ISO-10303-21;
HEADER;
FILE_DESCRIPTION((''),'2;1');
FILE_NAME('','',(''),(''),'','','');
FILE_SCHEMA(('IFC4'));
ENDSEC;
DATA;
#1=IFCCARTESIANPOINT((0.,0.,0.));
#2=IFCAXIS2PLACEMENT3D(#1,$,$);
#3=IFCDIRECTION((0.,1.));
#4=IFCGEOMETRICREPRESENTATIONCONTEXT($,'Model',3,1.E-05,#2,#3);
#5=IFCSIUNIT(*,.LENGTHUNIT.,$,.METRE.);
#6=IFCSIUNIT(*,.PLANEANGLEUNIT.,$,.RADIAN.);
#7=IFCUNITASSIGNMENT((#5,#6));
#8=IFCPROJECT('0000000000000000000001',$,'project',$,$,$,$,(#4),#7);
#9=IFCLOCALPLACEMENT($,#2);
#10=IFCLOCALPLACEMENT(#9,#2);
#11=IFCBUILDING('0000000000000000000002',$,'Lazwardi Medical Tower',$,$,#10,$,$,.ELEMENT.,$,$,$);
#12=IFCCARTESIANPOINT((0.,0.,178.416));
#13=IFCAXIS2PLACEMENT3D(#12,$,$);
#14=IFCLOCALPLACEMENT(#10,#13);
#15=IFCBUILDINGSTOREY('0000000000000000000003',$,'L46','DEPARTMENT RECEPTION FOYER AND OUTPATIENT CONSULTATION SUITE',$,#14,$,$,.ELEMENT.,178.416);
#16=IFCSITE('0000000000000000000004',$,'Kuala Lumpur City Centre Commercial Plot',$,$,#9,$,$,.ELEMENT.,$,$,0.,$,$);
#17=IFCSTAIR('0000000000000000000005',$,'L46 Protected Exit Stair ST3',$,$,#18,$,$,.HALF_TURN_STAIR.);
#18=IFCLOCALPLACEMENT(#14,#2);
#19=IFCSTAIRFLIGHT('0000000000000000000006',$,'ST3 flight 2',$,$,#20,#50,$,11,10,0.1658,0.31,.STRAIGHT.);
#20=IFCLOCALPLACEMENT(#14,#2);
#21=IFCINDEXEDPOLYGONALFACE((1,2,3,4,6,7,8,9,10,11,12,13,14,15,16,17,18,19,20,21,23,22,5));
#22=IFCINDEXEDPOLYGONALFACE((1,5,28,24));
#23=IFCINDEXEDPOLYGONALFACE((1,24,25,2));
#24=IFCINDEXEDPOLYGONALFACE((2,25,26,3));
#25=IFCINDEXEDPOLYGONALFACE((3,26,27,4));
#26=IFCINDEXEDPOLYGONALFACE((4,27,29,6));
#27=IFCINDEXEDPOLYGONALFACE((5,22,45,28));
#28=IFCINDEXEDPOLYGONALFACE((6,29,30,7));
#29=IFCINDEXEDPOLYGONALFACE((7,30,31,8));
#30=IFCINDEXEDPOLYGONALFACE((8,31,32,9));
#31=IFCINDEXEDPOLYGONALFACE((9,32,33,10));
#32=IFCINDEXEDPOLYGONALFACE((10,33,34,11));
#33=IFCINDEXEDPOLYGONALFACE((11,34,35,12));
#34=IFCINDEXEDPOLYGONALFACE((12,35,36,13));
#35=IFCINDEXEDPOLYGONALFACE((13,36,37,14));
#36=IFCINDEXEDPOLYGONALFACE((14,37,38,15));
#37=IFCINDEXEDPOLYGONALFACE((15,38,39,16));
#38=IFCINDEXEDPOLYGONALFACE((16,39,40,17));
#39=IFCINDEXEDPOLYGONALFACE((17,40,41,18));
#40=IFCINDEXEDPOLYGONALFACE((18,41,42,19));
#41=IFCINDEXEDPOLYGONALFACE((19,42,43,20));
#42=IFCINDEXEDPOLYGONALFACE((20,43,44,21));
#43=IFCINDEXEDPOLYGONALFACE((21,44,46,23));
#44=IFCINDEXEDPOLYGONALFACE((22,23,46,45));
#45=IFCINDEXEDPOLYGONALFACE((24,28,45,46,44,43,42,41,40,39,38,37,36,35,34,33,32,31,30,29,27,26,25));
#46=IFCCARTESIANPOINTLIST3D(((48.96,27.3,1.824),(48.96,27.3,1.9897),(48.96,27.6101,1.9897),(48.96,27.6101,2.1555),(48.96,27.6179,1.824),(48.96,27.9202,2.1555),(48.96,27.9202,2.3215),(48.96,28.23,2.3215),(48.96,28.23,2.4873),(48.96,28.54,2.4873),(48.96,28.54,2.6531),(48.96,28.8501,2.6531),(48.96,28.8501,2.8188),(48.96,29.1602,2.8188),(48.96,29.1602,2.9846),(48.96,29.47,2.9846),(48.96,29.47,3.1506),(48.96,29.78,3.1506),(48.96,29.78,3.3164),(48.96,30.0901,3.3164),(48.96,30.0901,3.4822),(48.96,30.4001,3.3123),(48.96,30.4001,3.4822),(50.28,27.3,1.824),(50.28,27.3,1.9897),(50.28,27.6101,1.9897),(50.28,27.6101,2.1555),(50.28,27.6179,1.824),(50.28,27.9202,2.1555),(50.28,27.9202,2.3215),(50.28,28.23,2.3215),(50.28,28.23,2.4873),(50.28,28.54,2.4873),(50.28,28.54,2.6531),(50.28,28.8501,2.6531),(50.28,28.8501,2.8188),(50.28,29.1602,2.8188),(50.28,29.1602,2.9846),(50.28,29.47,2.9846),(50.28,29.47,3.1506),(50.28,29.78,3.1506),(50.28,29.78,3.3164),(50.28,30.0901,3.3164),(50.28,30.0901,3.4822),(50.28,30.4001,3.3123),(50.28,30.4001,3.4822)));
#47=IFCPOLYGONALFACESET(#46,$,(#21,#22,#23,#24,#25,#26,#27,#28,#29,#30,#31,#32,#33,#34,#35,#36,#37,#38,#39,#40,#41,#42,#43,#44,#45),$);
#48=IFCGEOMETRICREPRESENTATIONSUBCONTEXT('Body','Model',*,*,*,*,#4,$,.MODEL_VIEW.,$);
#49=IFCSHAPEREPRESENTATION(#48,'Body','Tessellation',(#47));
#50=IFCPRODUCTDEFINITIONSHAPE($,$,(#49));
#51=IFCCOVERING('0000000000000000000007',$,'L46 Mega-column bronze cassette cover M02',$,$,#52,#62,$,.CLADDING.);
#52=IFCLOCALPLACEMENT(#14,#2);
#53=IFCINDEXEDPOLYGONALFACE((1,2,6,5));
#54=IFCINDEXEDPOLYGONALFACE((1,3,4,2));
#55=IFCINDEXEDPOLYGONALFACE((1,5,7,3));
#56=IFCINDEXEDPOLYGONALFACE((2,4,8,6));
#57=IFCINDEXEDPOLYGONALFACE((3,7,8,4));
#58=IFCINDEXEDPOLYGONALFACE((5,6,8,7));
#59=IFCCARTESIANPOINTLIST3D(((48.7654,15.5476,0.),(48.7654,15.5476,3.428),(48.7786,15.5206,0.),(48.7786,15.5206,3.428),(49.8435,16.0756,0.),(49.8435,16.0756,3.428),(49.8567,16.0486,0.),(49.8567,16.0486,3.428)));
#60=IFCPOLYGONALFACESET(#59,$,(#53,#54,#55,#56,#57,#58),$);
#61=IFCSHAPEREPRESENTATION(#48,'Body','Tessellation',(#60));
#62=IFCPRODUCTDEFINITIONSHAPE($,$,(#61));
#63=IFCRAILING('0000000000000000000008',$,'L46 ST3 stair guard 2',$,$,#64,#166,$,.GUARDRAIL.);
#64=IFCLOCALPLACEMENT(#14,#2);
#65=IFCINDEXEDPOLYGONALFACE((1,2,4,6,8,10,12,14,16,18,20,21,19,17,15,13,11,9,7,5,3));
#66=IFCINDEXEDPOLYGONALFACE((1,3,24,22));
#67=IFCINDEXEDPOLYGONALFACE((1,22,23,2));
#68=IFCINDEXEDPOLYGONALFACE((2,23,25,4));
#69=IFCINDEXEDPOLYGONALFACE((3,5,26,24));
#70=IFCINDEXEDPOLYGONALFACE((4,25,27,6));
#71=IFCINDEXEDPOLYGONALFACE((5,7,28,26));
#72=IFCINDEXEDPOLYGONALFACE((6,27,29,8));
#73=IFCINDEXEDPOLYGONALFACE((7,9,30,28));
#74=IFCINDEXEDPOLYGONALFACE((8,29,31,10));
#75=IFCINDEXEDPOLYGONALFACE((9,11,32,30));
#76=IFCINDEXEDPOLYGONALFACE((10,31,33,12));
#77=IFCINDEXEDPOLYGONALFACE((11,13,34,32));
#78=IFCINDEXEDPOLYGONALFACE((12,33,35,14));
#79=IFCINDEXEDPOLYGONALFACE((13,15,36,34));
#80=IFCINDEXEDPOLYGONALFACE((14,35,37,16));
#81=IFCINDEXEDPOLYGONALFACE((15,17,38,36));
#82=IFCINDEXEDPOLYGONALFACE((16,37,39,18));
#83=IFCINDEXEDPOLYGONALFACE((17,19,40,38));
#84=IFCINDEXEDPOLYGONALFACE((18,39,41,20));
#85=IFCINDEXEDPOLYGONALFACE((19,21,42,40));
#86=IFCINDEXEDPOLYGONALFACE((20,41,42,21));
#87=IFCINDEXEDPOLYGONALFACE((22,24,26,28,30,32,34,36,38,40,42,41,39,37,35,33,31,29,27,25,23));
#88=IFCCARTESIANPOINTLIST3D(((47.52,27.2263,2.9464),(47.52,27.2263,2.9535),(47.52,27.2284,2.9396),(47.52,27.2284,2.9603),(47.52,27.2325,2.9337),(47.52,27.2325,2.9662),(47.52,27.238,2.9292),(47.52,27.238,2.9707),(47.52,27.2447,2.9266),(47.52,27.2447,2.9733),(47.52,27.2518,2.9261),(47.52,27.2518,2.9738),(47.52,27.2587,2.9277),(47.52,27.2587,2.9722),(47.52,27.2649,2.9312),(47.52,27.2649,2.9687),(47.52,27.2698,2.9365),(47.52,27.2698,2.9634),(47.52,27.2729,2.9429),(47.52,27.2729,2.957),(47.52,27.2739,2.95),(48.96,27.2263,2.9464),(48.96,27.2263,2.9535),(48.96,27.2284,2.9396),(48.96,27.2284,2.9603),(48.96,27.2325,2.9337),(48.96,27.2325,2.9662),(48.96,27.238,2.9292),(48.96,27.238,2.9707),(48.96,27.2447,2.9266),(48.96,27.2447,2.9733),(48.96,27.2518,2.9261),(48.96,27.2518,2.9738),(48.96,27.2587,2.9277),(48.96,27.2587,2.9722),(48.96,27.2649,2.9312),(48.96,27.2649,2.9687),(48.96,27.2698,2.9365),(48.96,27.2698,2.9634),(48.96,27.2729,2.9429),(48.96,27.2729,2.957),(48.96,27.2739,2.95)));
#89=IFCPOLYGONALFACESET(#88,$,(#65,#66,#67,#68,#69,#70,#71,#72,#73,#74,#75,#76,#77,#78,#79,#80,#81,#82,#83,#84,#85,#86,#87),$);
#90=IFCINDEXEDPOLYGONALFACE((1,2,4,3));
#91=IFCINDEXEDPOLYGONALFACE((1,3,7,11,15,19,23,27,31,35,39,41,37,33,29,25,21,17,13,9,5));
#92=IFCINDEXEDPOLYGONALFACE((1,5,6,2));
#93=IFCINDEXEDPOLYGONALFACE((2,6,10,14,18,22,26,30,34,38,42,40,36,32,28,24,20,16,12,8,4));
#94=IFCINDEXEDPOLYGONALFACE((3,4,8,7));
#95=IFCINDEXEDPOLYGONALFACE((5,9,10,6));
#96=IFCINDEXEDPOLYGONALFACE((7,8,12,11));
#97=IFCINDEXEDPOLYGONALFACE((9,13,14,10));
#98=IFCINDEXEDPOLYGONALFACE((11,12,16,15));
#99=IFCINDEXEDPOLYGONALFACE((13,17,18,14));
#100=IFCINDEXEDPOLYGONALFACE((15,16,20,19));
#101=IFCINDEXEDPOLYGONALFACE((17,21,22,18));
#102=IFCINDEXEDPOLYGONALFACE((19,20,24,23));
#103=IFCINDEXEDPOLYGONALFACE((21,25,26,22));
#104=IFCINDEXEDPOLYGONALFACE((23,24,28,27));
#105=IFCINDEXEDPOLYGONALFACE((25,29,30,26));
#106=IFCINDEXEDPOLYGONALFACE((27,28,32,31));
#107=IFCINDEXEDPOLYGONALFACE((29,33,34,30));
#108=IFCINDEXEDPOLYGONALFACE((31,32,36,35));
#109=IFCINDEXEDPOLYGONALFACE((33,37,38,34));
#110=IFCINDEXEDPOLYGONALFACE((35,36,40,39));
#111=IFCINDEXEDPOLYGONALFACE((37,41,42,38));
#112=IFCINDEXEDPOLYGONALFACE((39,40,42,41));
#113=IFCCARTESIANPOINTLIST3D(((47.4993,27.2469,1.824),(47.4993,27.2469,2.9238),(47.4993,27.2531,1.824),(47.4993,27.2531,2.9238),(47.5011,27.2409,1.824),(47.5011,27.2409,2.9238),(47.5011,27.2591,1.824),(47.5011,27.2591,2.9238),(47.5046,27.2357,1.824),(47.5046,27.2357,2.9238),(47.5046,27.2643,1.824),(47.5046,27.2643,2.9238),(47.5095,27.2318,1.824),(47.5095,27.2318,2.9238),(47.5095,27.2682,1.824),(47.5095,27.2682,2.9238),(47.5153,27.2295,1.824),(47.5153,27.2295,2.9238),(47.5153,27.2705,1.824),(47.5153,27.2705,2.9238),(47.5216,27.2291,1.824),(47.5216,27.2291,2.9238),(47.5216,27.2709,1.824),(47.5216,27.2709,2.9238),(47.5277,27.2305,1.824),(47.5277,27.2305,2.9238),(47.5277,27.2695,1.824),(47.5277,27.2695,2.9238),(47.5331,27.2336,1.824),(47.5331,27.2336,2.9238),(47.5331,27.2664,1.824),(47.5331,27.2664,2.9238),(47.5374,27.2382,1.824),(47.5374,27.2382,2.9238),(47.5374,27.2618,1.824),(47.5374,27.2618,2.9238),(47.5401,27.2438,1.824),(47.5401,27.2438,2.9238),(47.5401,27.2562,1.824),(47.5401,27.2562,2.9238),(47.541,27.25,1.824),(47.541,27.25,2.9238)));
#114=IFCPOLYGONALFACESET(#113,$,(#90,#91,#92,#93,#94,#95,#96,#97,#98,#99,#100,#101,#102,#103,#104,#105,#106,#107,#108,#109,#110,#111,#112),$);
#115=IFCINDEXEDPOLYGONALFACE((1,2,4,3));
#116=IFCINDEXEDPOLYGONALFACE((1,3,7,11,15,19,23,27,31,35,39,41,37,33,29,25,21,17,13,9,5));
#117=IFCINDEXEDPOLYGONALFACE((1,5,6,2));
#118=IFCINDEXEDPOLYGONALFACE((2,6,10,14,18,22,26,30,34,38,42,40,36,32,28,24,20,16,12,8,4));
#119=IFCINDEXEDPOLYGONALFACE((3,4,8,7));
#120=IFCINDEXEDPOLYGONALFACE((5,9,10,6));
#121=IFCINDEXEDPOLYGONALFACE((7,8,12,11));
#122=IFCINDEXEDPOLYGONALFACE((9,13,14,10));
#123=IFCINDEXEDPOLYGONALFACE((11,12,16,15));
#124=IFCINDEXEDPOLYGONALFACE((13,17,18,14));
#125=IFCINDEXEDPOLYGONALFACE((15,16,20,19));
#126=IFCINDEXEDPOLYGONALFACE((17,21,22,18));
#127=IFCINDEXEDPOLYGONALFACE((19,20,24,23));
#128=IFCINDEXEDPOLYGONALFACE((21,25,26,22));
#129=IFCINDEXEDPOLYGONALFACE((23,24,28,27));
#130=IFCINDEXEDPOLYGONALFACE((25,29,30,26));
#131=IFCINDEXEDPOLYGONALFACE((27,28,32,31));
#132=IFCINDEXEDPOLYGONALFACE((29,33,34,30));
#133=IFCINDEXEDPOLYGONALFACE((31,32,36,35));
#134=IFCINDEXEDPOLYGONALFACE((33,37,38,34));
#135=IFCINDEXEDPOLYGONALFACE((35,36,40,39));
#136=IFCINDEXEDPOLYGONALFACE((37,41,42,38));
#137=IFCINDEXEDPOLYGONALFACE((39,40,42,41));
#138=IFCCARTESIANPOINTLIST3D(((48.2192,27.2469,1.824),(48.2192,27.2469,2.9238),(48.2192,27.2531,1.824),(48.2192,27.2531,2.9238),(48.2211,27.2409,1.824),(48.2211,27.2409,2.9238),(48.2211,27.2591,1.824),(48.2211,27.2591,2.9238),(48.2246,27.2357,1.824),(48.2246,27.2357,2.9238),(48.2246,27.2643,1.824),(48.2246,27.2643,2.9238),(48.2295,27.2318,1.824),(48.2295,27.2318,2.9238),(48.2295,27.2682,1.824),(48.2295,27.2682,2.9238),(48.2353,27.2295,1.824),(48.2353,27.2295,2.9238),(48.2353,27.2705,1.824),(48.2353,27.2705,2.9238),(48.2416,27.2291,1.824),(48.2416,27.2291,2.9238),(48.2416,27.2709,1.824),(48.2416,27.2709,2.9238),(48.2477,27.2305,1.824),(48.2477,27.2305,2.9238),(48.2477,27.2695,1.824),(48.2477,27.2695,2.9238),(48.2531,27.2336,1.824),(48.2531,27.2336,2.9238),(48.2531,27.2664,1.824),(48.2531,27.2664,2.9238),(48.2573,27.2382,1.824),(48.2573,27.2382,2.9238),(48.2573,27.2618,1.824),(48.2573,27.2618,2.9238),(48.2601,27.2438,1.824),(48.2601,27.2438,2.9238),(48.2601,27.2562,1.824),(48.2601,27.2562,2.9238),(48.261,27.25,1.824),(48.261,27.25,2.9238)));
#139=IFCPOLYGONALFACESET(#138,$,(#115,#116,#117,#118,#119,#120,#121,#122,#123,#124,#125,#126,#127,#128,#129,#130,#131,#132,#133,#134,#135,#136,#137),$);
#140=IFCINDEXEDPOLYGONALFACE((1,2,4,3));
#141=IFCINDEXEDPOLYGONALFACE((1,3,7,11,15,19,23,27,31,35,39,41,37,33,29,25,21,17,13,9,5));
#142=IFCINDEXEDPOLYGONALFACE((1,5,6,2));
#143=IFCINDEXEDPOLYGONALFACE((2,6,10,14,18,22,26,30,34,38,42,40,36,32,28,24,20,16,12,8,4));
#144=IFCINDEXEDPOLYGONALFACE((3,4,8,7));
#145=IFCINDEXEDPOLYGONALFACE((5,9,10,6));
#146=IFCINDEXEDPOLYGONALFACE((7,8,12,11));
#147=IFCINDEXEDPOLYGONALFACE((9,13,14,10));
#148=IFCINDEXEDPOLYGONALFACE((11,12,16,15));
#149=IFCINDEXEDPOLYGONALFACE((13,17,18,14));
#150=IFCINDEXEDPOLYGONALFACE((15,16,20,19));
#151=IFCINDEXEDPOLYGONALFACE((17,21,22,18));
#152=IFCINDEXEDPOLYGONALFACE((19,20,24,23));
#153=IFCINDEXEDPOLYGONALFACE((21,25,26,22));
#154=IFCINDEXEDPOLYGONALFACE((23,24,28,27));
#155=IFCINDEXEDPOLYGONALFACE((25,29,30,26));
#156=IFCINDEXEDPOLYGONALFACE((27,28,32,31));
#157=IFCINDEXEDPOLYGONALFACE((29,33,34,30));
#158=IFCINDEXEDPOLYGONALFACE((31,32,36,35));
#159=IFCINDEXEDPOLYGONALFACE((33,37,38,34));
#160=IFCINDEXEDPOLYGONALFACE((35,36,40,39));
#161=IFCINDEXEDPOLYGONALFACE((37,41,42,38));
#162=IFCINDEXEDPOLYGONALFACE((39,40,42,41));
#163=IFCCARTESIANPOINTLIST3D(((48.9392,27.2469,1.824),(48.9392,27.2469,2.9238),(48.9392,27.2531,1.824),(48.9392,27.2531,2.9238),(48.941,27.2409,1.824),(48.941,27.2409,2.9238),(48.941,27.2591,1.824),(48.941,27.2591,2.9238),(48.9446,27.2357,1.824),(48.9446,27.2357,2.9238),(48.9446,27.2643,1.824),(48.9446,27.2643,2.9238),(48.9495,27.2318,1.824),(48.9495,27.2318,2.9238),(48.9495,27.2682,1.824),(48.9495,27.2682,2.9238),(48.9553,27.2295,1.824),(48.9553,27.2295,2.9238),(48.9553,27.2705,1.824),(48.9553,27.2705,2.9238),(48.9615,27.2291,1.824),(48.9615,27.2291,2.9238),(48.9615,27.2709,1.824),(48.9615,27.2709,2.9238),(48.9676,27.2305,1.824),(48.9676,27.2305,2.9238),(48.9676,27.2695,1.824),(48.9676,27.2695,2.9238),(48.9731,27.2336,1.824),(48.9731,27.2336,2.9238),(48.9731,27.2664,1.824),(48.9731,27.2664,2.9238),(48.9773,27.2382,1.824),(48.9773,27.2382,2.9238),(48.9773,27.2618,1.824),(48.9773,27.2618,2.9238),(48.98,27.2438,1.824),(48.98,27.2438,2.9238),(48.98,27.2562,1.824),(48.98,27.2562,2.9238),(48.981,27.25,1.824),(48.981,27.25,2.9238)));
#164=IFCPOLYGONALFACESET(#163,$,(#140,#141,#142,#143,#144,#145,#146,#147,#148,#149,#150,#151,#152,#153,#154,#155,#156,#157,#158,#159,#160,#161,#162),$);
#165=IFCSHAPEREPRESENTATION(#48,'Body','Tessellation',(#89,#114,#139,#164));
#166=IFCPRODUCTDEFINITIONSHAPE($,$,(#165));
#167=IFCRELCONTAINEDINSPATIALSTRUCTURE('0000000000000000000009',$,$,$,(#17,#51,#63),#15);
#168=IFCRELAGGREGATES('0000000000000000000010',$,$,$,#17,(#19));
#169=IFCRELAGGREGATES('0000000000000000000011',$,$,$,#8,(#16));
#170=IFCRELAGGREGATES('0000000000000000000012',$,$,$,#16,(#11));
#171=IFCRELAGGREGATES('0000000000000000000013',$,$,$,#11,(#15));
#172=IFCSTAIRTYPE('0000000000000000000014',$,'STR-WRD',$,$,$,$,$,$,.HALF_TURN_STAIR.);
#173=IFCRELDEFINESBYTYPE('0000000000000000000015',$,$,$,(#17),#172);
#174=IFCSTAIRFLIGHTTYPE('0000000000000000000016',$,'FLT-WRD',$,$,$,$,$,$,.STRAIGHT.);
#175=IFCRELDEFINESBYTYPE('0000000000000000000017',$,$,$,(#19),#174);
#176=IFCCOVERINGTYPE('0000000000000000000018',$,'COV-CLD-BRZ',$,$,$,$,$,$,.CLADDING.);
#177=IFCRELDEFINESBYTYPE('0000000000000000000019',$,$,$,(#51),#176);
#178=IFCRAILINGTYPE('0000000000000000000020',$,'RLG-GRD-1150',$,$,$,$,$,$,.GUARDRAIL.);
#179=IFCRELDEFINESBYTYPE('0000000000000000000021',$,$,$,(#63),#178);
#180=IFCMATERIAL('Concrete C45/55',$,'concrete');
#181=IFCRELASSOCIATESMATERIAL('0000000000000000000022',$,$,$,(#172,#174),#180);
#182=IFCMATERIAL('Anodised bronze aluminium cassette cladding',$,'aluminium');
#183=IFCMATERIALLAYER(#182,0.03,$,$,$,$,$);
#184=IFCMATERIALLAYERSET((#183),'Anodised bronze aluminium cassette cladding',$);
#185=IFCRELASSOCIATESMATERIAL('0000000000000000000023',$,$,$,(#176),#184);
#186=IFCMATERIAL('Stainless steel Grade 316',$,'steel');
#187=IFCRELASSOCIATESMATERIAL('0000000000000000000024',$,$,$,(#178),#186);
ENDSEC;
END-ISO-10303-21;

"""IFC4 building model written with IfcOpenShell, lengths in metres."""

from ifc_helpers import new_model, si_unit, direction, frame, origin, origin_2d, place, context, subcontext, project, spatial, polyline, rectangle, circle, outline, extrude, material, layer, layer_set, type_object, element, aggregate, save


model = new_model("IFC4")

# Units and contexts
model_context = context("Model", 3, precision=1e-05, world=origin(), true_north=direction((0.0, 1.0)))
body_context = subcontext(model_context, "Body", "Model", "MODEL_VIEW")
ifc_project = project(units=[si_unit("LENGTHUNIT", "METRE"), si_unit("PLANEANGLEUNIT", "RADIAN")], contexts=[model_context])

# Site, building, storey
site_placement = place(None, origin())
site = spatial("IfcSite", under=ifc_project, at=site_placement, Name="Kuala Lumpur City Centre Commercial Plot", CompositionType="ELEMENT", RefElevation=0.0)
building_placement = place(site_placement, origin())
building = spatial("IfcBuilding", under=site, at=building_placement, Name="Lazwardi Medical Tower", CompositionType="ELEMENT")
storey_placement = place(building_placement, frame((0.0, 0.0, 178.416)))
storey = spatial("IfcBuildingStorey", under=building, at=storey_placement, Name="L46", Description="DEPARTMENT RECEPTION FOYER AND OUTPATIENT CONSULTATION SUITE", CompositionType="ELEMENT", Elevation=178.416)

# Stair, stair flight
ifc_material_1 = material(Name="Concrete C45/55", Category="concrete")
stair_type = type_object("IfcStairType", Name="STR-WRD", PredefinedType="HALF_TURN_STAIR", material=ifc_material_1)
stair_placement = place(storey_placement, origin())
stair = element("IfcStair", 1, at=stair_placement, inside=storey, type_object=stair_type, Name="L46 Protected Exit Stair ST3", PredefinedType="HALF_TURN_STAIR")
stair_flight_type = type_object("IfcStairFlightType", Name="FLT-WRD", PredefinedType="STRAIGHT", material=ifc_material_1)
stair_flight_placement = place(storey_placement, frame((49.6201, 27.3, 1.824), z_axis=(0.0, 0.0, 1.0), x_axis=(0.0, 1.0, 0.0)))
stair_flight = element("IfcStairFlight", 2, at=stair_flight_placement, type_object=stair_flight_type, Name="ST3 flight 2", NumberOfRisers=11, NumberOfTreads=10, PredefinedType="STRAIGHT", RiserHeight=0.1658, TreadLength=0.31, context=body_context, shape_type="SweptSolid", body=[
    extrude(outline(polyline([(0.0, 0.0), (0.0, 0.1658), (0.3101, 0.1658), (0.3101, 0.3315), (0.6201, 0.3315), (0.6201, 0.4976), (0.9299, 0.4976), (0.9299, 0.6633), (1.24, 0.6633), (1.24, 0.8291), (1.55, 0.8291), (1.55, 0.9949), (1.8601, 0.9949), (1.8601, 1.1606), (2.1699, 1.1606), (2.1699, 1.3267), (2.48, 1.3267), (2.48, 1.4924), (2.79, 1.4924), (2.79, 1.6582), (3.1001, 1.6582), (3.1001, 1.824), (3.1001, 1.4883), (0.3179, 0.0), (0.0, 0.0)])), frame((0.0, 0.6602, 0.0), z_axis=(0.0, -1.0, 0.0), x_axis=(1.0, 0.0, 0.0)), (0.0, 0.0, 1.0), 1.3201),
])
aggregate(stair, [stair_flight])

# Covering
ifc_material_2 = material(Name="Anodised bronze aluminium cassette cladding", Category="aluminium")
ifc_layer_1 = layer(ifc_material_2, 0.03)
ifc_layer_set_1 = layer_set([ifc_layer_1], Name="Anodised bronze aluminium cassette cladding")
covering_type = type_object("IfcCoveringType", Name="COV-CLD-BRZ", PredefinedType="CLADDING", material=ifc_layer_set_1)
covering_placement = place(storey_placement, frame((49.311, 15.7981, 0.0), z_axis=(0.0, 0.0, 1.0), x_axis=(0.898079, 0.439834, 0.0)))
element("IfcCovering", 3, at=covering_placement, inside=storey, type_object=covering_type, Name="L46 Mega-column bronze cassette cover M02", PredefinedType="CLADDING", context=body_context, shape_type="SweptSolid", body=[
    extrude(rectangle(XDim=1.2004, YDim=0.03, at=origin_2d()), origin(), (0.0, 0.0, 1.0), 3.428),
])

# Railing
ifc_material_3 = material(Name="Stainless steel Grade 316", Category="steel")
railing_type_1 = type_object("IfcRailingType", Name="RLG-GRD-1150", PredefinedType="GUARDRAIL", material=ifc_material_3)
railing_1_placement = place(storey_placement, frame((47.52, 27.25, 1.824)))
element("IfcRailing", 4, at=railing_1_placement, inside=storey, type_object=railing_type_1, Name="L46 ST3 stair guard 2", PredefinedType="GUARDRAIL", context=body_context, shape_type="SweptSolid", body=[
    extrude(circle(Radius=0.0239, at=origin_2d()), frame((0.0, 0.0, 1.126), z_axis=(1.0, 0.0, 0.0), x_axis=(0.0, 1.0, 0.0)), (0.0, 0.0, 1.0), 1.4399),
    extrude(circle(Radius=0.021, at=origin_2d()), origin(), (0.0, 0.0, 1.0), 1.0999),
    extrude(circle(Radius=0.021, at=origin_2d()), frame((0.72, 0.0, 0.0)), (0.0, 0.0, 1.0), 1.0999),
    extrude(circle(Radius=0.021, at=origin_2d()), frame((1.4399, 0.0, 0.0)), (0.0, 0.0, 1.0), 1.0999),
])

save(model, "model.ifc")
